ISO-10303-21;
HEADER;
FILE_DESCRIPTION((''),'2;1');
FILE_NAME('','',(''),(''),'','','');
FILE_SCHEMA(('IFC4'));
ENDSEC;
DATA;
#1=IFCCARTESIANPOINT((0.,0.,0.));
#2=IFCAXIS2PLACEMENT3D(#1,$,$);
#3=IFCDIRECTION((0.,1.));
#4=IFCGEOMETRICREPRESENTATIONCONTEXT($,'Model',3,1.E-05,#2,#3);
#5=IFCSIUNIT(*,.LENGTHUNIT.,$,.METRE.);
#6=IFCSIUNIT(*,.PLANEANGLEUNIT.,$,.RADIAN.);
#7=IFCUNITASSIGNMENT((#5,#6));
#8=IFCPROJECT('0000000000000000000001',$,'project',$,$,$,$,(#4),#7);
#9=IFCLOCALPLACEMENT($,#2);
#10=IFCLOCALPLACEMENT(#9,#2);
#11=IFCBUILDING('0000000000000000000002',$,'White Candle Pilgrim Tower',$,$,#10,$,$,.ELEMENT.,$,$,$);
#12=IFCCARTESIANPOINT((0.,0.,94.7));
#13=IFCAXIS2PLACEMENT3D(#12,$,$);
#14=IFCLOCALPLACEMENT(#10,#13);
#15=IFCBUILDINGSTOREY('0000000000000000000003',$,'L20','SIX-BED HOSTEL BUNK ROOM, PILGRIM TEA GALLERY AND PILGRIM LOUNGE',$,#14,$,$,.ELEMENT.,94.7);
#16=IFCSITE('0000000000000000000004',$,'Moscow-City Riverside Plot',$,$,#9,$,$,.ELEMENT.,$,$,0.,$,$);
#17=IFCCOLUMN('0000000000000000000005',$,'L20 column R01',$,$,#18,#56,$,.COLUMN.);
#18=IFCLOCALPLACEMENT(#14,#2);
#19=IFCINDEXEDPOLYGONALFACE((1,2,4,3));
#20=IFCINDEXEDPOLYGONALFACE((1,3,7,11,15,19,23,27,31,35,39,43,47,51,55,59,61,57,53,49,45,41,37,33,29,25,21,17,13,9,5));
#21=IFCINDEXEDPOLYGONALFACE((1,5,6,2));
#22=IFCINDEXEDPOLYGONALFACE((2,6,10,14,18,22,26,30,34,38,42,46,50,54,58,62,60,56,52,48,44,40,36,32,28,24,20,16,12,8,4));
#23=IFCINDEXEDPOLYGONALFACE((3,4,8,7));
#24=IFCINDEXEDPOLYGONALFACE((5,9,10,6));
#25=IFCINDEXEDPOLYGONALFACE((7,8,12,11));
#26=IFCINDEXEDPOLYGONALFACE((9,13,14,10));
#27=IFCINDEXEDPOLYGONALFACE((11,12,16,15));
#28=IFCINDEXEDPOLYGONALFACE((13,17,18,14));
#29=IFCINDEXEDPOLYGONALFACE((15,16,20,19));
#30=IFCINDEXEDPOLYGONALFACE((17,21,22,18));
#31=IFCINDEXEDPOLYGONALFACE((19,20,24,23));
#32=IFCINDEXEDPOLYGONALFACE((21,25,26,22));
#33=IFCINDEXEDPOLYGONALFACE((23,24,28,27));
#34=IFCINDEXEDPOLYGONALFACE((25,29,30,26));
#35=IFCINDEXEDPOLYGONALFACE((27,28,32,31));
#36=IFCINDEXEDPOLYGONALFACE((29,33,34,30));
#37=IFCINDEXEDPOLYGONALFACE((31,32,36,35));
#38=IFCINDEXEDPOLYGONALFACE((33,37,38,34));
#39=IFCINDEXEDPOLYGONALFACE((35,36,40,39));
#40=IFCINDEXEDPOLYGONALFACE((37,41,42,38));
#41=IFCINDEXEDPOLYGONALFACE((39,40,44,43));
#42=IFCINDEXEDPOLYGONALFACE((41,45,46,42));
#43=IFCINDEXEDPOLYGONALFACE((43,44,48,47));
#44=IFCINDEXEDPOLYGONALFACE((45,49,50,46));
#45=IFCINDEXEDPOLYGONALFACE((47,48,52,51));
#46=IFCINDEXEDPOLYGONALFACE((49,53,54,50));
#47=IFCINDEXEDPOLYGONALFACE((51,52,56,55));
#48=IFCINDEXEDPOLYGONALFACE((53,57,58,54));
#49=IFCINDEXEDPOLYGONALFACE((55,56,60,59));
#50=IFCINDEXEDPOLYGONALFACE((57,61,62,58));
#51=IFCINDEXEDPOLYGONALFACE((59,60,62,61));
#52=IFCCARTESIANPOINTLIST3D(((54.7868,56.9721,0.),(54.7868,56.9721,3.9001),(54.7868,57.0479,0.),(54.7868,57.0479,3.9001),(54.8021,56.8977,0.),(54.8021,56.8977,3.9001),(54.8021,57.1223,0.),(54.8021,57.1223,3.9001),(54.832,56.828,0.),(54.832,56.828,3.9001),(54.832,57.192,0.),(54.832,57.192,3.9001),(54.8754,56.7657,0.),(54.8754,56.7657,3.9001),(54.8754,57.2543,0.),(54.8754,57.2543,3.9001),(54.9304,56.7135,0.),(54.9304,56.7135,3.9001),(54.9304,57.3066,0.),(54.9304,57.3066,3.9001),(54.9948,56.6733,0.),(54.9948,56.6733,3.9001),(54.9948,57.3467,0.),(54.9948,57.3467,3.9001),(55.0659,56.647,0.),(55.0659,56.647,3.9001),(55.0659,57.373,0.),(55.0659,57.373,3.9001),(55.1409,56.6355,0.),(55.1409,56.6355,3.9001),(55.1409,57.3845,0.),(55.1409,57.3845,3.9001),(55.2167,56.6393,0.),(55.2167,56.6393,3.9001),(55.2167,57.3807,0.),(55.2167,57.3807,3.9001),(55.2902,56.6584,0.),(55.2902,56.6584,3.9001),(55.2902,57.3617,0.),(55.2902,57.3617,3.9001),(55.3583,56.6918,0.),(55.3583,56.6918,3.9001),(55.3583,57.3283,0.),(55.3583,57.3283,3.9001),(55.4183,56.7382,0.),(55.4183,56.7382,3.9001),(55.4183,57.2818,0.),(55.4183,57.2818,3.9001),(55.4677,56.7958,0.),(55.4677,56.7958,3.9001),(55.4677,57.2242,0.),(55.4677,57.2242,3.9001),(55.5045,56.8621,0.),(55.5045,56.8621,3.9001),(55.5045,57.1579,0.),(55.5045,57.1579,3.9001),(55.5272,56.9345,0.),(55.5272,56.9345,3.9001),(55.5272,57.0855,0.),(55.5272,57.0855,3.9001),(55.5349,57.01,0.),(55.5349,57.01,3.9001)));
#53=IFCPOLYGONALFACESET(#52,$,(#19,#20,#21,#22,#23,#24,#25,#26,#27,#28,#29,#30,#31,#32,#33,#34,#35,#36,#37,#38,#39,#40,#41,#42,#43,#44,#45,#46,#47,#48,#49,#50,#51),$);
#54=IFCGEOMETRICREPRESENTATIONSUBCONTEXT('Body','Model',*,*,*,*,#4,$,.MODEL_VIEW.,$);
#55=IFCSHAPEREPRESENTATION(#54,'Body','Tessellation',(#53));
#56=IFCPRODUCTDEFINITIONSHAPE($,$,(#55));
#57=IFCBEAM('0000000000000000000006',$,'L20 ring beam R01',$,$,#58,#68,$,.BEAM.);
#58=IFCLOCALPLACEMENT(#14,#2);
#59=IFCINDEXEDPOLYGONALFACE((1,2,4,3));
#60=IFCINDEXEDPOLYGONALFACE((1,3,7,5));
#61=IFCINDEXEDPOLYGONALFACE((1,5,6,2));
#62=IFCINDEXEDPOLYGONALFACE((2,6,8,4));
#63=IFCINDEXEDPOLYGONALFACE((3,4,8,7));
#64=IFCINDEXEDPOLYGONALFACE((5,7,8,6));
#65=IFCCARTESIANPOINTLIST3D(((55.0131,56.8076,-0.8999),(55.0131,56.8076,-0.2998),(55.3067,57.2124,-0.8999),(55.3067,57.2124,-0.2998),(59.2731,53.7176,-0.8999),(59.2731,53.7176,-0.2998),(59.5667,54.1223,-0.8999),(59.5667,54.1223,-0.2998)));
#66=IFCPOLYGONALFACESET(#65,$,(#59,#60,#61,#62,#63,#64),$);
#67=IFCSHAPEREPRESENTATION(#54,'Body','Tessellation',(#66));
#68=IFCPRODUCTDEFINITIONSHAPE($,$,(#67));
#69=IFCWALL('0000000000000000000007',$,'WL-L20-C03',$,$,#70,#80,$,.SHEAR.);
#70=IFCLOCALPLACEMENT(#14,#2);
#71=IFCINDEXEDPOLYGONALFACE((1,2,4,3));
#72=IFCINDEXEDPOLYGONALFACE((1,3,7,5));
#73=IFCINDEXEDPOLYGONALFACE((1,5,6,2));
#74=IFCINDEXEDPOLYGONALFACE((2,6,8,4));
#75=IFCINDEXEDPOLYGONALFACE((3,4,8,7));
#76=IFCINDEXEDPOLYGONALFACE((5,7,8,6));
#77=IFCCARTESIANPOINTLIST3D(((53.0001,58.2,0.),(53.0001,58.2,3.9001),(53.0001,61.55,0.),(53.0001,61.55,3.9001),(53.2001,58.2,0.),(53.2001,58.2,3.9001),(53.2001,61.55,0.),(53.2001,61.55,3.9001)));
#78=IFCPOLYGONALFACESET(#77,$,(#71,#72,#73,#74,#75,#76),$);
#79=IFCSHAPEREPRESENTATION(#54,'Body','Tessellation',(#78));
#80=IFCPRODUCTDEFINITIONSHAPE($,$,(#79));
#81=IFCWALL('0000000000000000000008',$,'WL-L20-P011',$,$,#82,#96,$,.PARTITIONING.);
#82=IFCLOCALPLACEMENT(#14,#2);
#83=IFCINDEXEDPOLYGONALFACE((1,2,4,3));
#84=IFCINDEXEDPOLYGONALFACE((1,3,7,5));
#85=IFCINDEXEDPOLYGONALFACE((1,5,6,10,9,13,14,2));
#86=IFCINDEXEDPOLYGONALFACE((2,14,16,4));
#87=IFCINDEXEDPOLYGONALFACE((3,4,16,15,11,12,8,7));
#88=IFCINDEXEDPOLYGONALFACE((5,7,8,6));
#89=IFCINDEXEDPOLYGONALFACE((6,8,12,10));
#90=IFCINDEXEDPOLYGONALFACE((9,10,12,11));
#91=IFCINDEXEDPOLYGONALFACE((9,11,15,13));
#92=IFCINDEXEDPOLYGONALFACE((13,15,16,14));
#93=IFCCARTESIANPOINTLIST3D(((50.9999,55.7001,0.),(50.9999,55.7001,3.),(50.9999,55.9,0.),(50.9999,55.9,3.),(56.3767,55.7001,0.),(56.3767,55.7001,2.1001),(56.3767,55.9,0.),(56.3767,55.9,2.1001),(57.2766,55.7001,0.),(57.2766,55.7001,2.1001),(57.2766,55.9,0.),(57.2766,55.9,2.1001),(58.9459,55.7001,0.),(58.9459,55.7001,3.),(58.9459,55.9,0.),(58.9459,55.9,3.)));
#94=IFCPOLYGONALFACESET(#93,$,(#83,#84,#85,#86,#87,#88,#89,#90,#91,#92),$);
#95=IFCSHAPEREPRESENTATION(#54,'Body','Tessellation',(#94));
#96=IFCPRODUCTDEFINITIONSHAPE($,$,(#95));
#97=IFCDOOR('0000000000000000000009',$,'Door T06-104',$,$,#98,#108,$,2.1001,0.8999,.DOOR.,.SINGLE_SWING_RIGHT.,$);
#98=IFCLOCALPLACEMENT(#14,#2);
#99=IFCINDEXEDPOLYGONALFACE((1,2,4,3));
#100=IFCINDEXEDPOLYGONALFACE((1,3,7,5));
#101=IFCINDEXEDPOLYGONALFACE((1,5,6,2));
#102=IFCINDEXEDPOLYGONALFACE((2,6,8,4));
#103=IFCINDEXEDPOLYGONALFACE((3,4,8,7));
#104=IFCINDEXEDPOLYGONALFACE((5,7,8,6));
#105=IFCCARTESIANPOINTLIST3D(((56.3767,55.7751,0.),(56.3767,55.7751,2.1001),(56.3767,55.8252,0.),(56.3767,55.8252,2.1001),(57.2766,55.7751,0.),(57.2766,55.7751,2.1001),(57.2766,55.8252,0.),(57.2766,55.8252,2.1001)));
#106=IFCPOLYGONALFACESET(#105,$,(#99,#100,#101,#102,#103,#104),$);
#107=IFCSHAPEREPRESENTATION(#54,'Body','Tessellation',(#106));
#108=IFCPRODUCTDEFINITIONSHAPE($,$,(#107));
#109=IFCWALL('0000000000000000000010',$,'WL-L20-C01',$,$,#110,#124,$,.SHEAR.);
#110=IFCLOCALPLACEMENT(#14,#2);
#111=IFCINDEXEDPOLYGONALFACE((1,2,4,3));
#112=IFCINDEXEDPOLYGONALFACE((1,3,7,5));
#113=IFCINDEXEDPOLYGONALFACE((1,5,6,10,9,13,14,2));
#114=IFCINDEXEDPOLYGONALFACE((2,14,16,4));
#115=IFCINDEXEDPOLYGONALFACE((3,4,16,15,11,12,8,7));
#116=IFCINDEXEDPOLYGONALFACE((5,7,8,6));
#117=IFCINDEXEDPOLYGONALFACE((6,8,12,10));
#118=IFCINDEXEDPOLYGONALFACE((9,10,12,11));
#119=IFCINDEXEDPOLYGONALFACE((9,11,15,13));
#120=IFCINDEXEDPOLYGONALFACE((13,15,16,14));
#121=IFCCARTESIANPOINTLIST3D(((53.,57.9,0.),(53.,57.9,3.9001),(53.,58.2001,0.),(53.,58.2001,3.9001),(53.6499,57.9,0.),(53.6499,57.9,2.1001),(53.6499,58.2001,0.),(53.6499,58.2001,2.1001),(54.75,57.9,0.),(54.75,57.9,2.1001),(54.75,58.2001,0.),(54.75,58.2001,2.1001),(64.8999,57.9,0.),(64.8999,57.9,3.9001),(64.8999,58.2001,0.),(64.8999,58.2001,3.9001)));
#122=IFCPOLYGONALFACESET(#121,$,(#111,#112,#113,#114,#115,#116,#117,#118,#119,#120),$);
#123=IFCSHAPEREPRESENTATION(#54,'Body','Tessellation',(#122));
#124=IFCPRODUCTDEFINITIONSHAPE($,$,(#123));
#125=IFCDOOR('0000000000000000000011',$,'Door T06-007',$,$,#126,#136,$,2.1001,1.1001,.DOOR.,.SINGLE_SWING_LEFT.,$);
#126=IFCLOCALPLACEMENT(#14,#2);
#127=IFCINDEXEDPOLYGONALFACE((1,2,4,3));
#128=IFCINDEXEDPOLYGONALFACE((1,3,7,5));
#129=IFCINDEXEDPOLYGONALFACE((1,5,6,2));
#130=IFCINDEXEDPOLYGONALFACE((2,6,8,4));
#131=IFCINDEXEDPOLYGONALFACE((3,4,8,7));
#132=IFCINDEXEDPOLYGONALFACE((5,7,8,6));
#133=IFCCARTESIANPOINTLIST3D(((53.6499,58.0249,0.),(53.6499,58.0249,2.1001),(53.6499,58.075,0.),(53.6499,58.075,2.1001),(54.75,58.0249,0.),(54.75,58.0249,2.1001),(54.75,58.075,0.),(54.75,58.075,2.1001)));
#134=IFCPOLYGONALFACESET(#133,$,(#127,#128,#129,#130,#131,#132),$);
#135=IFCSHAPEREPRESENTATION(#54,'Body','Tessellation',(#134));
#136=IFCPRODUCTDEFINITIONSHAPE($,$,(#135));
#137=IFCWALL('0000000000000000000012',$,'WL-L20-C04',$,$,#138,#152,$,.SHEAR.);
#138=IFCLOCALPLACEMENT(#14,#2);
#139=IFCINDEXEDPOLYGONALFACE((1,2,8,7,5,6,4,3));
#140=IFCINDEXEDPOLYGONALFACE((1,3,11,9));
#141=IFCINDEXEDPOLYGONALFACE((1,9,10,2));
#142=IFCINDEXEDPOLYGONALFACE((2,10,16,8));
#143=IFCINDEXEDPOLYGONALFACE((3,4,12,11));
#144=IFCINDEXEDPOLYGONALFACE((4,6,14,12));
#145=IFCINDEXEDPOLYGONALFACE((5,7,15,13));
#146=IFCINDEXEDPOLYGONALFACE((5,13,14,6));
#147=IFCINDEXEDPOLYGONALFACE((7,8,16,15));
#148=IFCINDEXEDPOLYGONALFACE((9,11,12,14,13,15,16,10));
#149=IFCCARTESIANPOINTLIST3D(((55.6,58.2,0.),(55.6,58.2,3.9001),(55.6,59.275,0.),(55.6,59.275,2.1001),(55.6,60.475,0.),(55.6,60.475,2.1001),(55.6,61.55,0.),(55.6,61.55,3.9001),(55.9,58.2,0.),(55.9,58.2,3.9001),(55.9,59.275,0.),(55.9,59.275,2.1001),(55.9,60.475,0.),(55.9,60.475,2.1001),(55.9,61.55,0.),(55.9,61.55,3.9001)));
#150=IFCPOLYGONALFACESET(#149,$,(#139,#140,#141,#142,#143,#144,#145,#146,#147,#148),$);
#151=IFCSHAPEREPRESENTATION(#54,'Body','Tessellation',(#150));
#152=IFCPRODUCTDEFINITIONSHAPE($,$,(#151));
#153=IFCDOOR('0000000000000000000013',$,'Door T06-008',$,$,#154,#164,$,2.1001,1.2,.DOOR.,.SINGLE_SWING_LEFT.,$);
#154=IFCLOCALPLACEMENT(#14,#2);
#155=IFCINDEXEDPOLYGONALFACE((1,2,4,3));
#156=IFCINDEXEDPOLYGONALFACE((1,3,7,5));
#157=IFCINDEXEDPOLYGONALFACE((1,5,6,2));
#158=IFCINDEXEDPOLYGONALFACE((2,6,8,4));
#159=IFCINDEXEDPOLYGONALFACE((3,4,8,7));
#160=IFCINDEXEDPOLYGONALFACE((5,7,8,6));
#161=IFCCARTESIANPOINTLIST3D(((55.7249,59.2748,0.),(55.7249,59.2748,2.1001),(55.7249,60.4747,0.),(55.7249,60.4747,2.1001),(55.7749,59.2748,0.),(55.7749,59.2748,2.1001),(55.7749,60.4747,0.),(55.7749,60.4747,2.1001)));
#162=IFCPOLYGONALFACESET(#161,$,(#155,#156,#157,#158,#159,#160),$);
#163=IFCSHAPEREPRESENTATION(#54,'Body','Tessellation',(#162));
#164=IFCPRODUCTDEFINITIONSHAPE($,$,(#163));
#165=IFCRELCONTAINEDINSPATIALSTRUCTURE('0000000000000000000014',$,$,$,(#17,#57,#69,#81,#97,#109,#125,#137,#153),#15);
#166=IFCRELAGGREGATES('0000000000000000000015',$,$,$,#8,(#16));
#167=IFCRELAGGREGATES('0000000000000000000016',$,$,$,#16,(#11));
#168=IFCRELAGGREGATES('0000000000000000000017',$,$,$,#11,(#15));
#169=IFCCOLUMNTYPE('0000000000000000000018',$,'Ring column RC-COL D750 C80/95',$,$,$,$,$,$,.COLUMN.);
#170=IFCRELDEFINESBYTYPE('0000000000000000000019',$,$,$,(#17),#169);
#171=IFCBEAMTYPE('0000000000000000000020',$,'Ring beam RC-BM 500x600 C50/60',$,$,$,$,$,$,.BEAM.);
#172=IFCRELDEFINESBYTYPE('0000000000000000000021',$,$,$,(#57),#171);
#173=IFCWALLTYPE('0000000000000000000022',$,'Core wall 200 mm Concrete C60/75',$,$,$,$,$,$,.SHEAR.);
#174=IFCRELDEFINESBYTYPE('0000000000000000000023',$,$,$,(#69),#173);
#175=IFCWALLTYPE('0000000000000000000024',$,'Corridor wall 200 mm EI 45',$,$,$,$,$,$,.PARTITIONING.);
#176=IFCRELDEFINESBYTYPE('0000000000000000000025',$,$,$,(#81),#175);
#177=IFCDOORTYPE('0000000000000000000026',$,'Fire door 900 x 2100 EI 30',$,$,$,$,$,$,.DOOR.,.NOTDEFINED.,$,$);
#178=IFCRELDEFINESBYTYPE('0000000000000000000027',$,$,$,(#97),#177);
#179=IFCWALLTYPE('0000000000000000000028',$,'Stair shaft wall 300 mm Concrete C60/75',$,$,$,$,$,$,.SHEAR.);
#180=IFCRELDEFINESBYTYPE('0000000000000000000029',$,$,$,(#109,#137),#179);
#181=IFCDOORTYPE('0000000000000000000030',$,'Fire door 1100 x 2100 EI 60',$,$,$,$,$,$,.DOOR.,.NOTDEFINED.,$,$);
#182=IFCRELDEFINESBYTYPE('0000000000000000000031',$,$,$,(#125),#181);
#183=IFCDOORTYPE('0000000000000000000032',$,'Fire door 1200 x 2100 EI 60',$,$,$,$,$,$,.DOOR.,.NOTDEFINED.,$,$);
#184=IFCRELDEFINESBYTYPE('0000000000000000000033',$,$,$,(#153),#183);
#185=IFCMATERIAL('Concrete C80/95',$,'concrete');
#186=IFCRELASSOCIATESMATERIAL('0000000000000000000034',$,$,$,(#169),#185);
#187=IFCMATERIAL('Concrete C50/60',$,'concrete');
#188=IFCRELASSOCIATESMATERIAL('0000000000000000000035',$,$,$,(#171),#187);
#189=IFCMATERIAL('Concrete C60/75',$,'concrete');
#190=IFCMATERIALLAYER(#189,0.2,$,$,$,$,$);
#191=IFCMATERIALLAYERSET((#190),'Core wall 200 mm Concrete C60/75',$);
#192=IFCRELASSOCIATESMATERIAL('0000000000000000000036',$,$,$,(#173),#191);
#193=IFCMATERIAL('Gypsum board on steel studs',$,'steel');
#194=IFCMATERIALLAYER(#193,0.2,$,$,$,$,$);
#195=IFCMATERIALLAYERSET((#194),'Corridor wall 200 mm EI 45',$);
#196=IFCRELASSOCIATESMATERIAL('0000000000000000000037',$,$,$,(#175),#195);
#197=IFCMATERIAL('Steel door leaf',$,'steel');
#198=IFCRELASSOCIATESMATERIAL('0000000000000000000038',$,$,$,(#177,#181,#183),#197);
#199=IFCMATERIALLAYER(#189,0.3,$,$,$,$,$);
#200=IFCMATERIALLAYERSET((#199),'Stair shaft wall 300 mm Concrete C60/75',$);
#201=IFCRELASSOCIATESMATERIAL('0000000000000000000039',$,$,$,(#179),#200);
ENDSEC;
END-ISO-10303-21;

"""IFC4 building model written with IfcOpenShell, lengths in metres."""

from ifc_helpers import new_model, si_unit, direction, frame, frame_2d, origin, origin_2d, place, context, subcontext, project, spatial, rectangle, circle, extrude, material, layer, layer_set, material_profile, profile_set, type_object, element, fill, save


model = new_model("IFC4")

# Units and contexts
model_context = context("Model", 3, precision=1e-05, world=origin(), true_north=direction((0.0, 1.0)))
body_context = subcontext(model_context, "Body", "Model", "MODEL_VIEW")
ifc_project = project(units=[si_unit("LENGTHUNIT", "METRE"), si_unit("PLANEANGLEUNIT", "RADIAN")], contexts=[model_context])

# Site, building, storey
site_placement = place(None, origin())
site = spatial("IfcSite", under=ifc_project, at=site_placement, Name="Moscow-City Riverside Plot", CompositionType="ELEMENT", RefElevation=0.0)
building_placement = place(site_placement, origin())
building = spatial("IfcBuilding", under=site, at=building_placement, Name="White Candle Pilgrim Tower", CompositionType="ELEMENT")
storey_placement = place(building_placement, frame((0.0, 0.0, 94.7)))
storey = spatial("IfcBuildingStorey", under=building, at=storey_placement, Name="L20", Description="SIX-BED HOSTEL BUNK ROOM, PILGRIM TEA GALLERY AND PILGRIM LOUNGE", CompositionType="ELEMENT", Elevation=94.7)

# Column
ifc_material_1 = material(Name="Concrete C80/95", Category="concrete")
ifc_material_profile_1 = material_profile(ifc_material_1, circle(Radius=0.375, at=origin_2d()), Name="RC-COL D750")
ifc_profile_set_1 = profile_set([ifc_material_profile_1], Name="Concrete C80/95")
column_type = type_object("IfcColumnType", Name="Ring column RC-COL D750 C80/95", PredefinedType="COLUMN", material=ifc_profile_set_1)
column_placement = place(storey_placement, frame((55.1599, 57.01, 0.0), z_axis=(0.0, 0.0, 1.0), x_axis=(1.0, 0.0, 0.0)))
element("IfcColumn", 1, at=column_placement, inside=storey, type_object=column_type, Name="L20 column R01", PredefinedType="COLUMN", context=body_context, shape_type="SweptSolid", body=[
    extrude(circle(Radius=0.375, at=origin_2d()), origin(), (0.0, 0.0, 1.0), 3.9001),
])

# Beam
ifc_material_2 = material(Name="Concrete C50/60", Category="concrete")
ifc_material_profile_2 = material_profile(ifc_material_2, rectangle(XDim=0.5, YDim=0.6001, at=origin_2d()), Name="RC-BM 500x600")
ifc_profile_set_2 = profile_set([ifc_material_profile_2], Name="Concrete C50/60")
beam_type = type_object("IfcBeamType", Name="Ring beam RC-BM 500x600 C50/60", PredefinedType="BEAM", material=ifc_profile_set_2)
beam_placement = place(storey_placement, frame((55.1599, 57.01, -0.5999), z_axis=(0.809468, -0.587164, 0.0), x_axis=(0.587164, 0.809468, 0.0)))
element("IfcBeam", 2, at=beam_placement, inside=storey, type_object=beam_type, Name="L20 ring beam R01", PredefinedType="BEAM", context=body_context, shape_type="SweptSolid", body=[
    extrude(rectangle(XDim=0.5, YDim=0.6001, at=origin_2d()), origin(), (0.0, 0.0, 1.0), 5.2627),
])

# Wall
ifc_material_3 = material(Name="Concrete C60/75", Category="concrete")
ifc_layer_1 = layer(ifc_material_3, 0.2)
ifc_layer_set_1 = layer_set([ifc_layer_1], Name="Core wall 200 mm Concrete C60/75")
wall_type_1 = type_object("IfcWallType", Name="Core wall 200 mm Concrete C60/75", PredefinedType="SHEAR", material=ifc_layer_set_1)
wall_1_placement = place(storey_placement, frame((53.1001, 58.2, 0.0), z_axis=(0.0, 0.0, 1.0), x_axis=(0.0, 1.0, 0.0)))
element("IfcWall", 3, at=wall_1_placement, inside=storey, type_object=wall_type_1, Name="WL-L20-C03", PredefinedType="SHEAR", context=body_context, shape_type="SweptSolid", body=[
    extrude(rectangle(XDim=3.3501, YDim=0.2, at=frame_2d((1.675, 0.0))), origin(), (0.0, 0.0, 1.0), 3.9001),
])

# Walls, openings, doors
ifc_material_4 = material(Name="Gypsum board on steel studs", Category="steel")
ifc_layer_2 = layer(ifc_material_4, 0.2)
ifc_layer_set_2 = layer_set([ifc_layer_2], Name="Corridor wall 200 mm EI 45")
wall_type_2 = type_object("IfcWallType", Name="Corridor wall 200 mm EI 45", PredefinedType="PARTITIONING", material=ifc_layer_set_2)
wall_2_placement = place(storey_placement, frame((58.946, 55.8, 0.0), z_axis=(0.0, 0.0, 1.0), x_axis=(-1.0, 0.0, 0.0)))
wall_2 = element("IfcWall", 4, at=wall_2_placement, inside=storey, type_object=wall_type_2, Name="WL-L20-P011", PredefinedType="PARTITIONING", context=body_context, shape_type="SweptSolid", body=[
    extrude(rectangle(XDim=7.946, YDim=0.2, at=frame_2d((3.9731, 0.0))), origin(), (0.0, 0.0, 1.0), 3.0),
])
opening_1_placement = place(wall_2_placement, frame((1.6694, 0.0, 0.0)))
opening_1 = element("IfcOpeningElement", 5, at=opening_1_placement, cuts=wall_2, PredefinedType="OPENING", context=body_context, shape_type="SweptSolid", body=[
    extrude(rectangle(XDim=0.8999, YDim=2.1001, at=frame_2d((0.45, 1.05))), frame((0.0, 0.1099, 0.0), z_axis=(0.0, -1.0, 0.0), x_axis=(1.0, 0.0, 0.0)), (0.0, 0.0, 1.0), 0.22),
])
ifc_material_5 = material(Name="Steel door leaf", Category="steel")
door_type_1 = type_object("IfcDoorType", Name="Fire door 900 x 2100 EI 30", OperationType="NOTDEFINED", PredefinedType="DOOR", material=ifc_material_5)
door_1_placement = place(opening_1_placement, origin())
door_1 = element("IfcDoor", 6, at=door_1_placement, inside=storey, type_object=door_type_1, Name="Door T06-104", OperationType="SINGLE_SWING_RIGHT", OverallHeight=2.1001, OverallWidth=0.8999, PredefinedType="DOOR", context=body_context, shape_type="SweptSolid", body=[
    extrude(rectangle(XDim=0.8999, YDim=2.1001, at=frame_2d((0.45, 1.05))), frame((0.0, 0.0249, 0.0), z_axis=(0.0, -1.0, 0.0), x_axis=(1.0, 0.0, 0.0)), (0.0, 0.0, 1.0), 0.05),
])
fill(opening_1, door_1)
ifc_layer_3 = layer(ifc_material_3, 0.3)
ifc_layer_set_3 = layer_set([ifc_layer_3], Name="Stair shaft wall 300 mm Concrete C60/75")
wall_type_3 = type_object("IfcWallType", Name="Stair shaft wall 300 mm Concrete C60/75", PredefinedType="SHEAR", material=ifc_layer_set_3)
wall_3_placement = place(storey_placement, frame((53.0, 58.05, 0.0), z_axis=(0.0, 0.0, 1.0), x_axis=(1.0, 0.0, 0.0)))
wall_3 = element("IfcWall", 7, at=wall_3_placement, inside=storey, type_object=wall_type_3, Name="WL-L20-C01", PredefinedType="SHEAR", context=body_context, shape_type="SweptSolid", body=[
    extrude(rectangle(XDim=11.8999, YDim=0.3, at=frame_2d((5.95, 0.0))), origin(), (0.0, 0.0, 1.0), 3.9001),
])
opening_2_placement = place(wall_3_placement, frame((0.6499, 0.0, 0.0)))
opening_2 = element("IfcOpeningElement", 8, at=opening_2_placement, cuts=wall_3, PredefinedType="OPENING", context=body_context, shape_type="SweptSolid", body=[
    extrude(rectangle(XDim=1.1001, YDim=2.1001, at=frame_2d((0.55, 1.05))), frame((0.0, 0.1599, 0.0), z_axis=(0.0, -1.0, 0.0), x_axis=(1.0, 0.0, 0.0)), (0.0, 0.0, 1.0), 0.3201),
])
door_type_2 = type_object("IfcDoorType", Name="Fire door 1100 x 2100 EI 60", OperationType="NOTDEFINED", PredefinedType="DOOR", material=ifc_material_5)
door_2_placement = place(opening_2_placement, origin())
door_2 = element("IfcDoor", 9, at=door_2_placement, inside=storey, type_object=door_type_2, Name="Door T06-007", OperationType="SINGLE_SWING_LEFT", OverallHeight=2.1001, OverallWidth=1.1001, PredefinedType="DOOR", context=body_context, shape_type="SweptSolid", body=[
    extrude(rectangle(XDim=1.1001, YDim=2.1001, at=frame_2d((0.55, 1.05))), frame((0.0, 0.0249, 0.0), z_axis=(0.0, -1.0, 0.0), x_axis=(1.0, 0.0, 0.0)), (0.0, 0.0, 1.0), 0.05),
])
fill(opening_2, door_2)
wall_4_placement = place(storey_placement, frame((55.75, 58.2, 0.0), z_axis=(0.0, 0.0, 1.0), x_axis=(0.0, 1.0, 0.0)))
wall_4 = element("IfcWall", 10, at=wall_4_placement, inside=storey, type_object=wall_type_3, Name="WL-L20-C04", PredefinedType="SHEAR", context=body_context, shape_type="SweptSolid", body=[
    extrude(rectangle(XDim=3.3501, YDim=0.3, at=frame_2d((1.675, 0.0))), origin(), (0.0, 0.0, 1.0), 3.9001),
])
opening_3_placement = place(wall_4_placement, frame((1.075, 0.0, 0.0)))
opening_3 = element("IfcOpeningElement", 11, at=opening_3_placement, cuts=wall_4, PredefinedType="OPENING", context=body_context, shape_type="SweptSolid", body=[
    extrude(rectangle(XDim=1.2, YDim=2.1001, at=frame_2d((0.6001, 1.05))), frame((0.0, 0.1599, 0.0), z_axis=(0.0, -1.0, 0.0), x_axis=(1.0, 0.0, 0.0)), (0.0, 0.0, 1.0), 0.3201),
])
door_type_3 = type_object("IfcDoorType", Name="Fire door 1200 x 2100 EI 60", OperationType="NOTDEFINED", PredefinedType="DOOR", material=ifc_material_5)
door_3_placement = place(opening_3_placement, frame((1.2, 0.0, 0.0), z_axis=(0.0, 0.0, 1.0), x_axis=(-1.0, 0.0, 0.0)))
door_3 = element("IfcDoor", 12, at=door_3_placement, inside=storey, type_object=door_type_3, Name="Door T06-008", OperationType="SINGLE_SWING_LEFT", OverallHeight=2.1001, OverallWidth=1.2, PredefinedType="DOOR", context=body_context, shape_type="SweptSolid", body=[
    extrude(rectangle(XDim=1.2, YDim=2.1001, at=frame_2d((0.6001, 1.05))), frame((0.0, 0.0249, 0.0), z_axis=(0.0, -1.0, 0.0), x_axis=(1.0, 0.0, 0.0)), (0.0, 0.0, 1.0), 0.05),
])
fill(opening_3, door_3)

save(model, "model.ifc")
